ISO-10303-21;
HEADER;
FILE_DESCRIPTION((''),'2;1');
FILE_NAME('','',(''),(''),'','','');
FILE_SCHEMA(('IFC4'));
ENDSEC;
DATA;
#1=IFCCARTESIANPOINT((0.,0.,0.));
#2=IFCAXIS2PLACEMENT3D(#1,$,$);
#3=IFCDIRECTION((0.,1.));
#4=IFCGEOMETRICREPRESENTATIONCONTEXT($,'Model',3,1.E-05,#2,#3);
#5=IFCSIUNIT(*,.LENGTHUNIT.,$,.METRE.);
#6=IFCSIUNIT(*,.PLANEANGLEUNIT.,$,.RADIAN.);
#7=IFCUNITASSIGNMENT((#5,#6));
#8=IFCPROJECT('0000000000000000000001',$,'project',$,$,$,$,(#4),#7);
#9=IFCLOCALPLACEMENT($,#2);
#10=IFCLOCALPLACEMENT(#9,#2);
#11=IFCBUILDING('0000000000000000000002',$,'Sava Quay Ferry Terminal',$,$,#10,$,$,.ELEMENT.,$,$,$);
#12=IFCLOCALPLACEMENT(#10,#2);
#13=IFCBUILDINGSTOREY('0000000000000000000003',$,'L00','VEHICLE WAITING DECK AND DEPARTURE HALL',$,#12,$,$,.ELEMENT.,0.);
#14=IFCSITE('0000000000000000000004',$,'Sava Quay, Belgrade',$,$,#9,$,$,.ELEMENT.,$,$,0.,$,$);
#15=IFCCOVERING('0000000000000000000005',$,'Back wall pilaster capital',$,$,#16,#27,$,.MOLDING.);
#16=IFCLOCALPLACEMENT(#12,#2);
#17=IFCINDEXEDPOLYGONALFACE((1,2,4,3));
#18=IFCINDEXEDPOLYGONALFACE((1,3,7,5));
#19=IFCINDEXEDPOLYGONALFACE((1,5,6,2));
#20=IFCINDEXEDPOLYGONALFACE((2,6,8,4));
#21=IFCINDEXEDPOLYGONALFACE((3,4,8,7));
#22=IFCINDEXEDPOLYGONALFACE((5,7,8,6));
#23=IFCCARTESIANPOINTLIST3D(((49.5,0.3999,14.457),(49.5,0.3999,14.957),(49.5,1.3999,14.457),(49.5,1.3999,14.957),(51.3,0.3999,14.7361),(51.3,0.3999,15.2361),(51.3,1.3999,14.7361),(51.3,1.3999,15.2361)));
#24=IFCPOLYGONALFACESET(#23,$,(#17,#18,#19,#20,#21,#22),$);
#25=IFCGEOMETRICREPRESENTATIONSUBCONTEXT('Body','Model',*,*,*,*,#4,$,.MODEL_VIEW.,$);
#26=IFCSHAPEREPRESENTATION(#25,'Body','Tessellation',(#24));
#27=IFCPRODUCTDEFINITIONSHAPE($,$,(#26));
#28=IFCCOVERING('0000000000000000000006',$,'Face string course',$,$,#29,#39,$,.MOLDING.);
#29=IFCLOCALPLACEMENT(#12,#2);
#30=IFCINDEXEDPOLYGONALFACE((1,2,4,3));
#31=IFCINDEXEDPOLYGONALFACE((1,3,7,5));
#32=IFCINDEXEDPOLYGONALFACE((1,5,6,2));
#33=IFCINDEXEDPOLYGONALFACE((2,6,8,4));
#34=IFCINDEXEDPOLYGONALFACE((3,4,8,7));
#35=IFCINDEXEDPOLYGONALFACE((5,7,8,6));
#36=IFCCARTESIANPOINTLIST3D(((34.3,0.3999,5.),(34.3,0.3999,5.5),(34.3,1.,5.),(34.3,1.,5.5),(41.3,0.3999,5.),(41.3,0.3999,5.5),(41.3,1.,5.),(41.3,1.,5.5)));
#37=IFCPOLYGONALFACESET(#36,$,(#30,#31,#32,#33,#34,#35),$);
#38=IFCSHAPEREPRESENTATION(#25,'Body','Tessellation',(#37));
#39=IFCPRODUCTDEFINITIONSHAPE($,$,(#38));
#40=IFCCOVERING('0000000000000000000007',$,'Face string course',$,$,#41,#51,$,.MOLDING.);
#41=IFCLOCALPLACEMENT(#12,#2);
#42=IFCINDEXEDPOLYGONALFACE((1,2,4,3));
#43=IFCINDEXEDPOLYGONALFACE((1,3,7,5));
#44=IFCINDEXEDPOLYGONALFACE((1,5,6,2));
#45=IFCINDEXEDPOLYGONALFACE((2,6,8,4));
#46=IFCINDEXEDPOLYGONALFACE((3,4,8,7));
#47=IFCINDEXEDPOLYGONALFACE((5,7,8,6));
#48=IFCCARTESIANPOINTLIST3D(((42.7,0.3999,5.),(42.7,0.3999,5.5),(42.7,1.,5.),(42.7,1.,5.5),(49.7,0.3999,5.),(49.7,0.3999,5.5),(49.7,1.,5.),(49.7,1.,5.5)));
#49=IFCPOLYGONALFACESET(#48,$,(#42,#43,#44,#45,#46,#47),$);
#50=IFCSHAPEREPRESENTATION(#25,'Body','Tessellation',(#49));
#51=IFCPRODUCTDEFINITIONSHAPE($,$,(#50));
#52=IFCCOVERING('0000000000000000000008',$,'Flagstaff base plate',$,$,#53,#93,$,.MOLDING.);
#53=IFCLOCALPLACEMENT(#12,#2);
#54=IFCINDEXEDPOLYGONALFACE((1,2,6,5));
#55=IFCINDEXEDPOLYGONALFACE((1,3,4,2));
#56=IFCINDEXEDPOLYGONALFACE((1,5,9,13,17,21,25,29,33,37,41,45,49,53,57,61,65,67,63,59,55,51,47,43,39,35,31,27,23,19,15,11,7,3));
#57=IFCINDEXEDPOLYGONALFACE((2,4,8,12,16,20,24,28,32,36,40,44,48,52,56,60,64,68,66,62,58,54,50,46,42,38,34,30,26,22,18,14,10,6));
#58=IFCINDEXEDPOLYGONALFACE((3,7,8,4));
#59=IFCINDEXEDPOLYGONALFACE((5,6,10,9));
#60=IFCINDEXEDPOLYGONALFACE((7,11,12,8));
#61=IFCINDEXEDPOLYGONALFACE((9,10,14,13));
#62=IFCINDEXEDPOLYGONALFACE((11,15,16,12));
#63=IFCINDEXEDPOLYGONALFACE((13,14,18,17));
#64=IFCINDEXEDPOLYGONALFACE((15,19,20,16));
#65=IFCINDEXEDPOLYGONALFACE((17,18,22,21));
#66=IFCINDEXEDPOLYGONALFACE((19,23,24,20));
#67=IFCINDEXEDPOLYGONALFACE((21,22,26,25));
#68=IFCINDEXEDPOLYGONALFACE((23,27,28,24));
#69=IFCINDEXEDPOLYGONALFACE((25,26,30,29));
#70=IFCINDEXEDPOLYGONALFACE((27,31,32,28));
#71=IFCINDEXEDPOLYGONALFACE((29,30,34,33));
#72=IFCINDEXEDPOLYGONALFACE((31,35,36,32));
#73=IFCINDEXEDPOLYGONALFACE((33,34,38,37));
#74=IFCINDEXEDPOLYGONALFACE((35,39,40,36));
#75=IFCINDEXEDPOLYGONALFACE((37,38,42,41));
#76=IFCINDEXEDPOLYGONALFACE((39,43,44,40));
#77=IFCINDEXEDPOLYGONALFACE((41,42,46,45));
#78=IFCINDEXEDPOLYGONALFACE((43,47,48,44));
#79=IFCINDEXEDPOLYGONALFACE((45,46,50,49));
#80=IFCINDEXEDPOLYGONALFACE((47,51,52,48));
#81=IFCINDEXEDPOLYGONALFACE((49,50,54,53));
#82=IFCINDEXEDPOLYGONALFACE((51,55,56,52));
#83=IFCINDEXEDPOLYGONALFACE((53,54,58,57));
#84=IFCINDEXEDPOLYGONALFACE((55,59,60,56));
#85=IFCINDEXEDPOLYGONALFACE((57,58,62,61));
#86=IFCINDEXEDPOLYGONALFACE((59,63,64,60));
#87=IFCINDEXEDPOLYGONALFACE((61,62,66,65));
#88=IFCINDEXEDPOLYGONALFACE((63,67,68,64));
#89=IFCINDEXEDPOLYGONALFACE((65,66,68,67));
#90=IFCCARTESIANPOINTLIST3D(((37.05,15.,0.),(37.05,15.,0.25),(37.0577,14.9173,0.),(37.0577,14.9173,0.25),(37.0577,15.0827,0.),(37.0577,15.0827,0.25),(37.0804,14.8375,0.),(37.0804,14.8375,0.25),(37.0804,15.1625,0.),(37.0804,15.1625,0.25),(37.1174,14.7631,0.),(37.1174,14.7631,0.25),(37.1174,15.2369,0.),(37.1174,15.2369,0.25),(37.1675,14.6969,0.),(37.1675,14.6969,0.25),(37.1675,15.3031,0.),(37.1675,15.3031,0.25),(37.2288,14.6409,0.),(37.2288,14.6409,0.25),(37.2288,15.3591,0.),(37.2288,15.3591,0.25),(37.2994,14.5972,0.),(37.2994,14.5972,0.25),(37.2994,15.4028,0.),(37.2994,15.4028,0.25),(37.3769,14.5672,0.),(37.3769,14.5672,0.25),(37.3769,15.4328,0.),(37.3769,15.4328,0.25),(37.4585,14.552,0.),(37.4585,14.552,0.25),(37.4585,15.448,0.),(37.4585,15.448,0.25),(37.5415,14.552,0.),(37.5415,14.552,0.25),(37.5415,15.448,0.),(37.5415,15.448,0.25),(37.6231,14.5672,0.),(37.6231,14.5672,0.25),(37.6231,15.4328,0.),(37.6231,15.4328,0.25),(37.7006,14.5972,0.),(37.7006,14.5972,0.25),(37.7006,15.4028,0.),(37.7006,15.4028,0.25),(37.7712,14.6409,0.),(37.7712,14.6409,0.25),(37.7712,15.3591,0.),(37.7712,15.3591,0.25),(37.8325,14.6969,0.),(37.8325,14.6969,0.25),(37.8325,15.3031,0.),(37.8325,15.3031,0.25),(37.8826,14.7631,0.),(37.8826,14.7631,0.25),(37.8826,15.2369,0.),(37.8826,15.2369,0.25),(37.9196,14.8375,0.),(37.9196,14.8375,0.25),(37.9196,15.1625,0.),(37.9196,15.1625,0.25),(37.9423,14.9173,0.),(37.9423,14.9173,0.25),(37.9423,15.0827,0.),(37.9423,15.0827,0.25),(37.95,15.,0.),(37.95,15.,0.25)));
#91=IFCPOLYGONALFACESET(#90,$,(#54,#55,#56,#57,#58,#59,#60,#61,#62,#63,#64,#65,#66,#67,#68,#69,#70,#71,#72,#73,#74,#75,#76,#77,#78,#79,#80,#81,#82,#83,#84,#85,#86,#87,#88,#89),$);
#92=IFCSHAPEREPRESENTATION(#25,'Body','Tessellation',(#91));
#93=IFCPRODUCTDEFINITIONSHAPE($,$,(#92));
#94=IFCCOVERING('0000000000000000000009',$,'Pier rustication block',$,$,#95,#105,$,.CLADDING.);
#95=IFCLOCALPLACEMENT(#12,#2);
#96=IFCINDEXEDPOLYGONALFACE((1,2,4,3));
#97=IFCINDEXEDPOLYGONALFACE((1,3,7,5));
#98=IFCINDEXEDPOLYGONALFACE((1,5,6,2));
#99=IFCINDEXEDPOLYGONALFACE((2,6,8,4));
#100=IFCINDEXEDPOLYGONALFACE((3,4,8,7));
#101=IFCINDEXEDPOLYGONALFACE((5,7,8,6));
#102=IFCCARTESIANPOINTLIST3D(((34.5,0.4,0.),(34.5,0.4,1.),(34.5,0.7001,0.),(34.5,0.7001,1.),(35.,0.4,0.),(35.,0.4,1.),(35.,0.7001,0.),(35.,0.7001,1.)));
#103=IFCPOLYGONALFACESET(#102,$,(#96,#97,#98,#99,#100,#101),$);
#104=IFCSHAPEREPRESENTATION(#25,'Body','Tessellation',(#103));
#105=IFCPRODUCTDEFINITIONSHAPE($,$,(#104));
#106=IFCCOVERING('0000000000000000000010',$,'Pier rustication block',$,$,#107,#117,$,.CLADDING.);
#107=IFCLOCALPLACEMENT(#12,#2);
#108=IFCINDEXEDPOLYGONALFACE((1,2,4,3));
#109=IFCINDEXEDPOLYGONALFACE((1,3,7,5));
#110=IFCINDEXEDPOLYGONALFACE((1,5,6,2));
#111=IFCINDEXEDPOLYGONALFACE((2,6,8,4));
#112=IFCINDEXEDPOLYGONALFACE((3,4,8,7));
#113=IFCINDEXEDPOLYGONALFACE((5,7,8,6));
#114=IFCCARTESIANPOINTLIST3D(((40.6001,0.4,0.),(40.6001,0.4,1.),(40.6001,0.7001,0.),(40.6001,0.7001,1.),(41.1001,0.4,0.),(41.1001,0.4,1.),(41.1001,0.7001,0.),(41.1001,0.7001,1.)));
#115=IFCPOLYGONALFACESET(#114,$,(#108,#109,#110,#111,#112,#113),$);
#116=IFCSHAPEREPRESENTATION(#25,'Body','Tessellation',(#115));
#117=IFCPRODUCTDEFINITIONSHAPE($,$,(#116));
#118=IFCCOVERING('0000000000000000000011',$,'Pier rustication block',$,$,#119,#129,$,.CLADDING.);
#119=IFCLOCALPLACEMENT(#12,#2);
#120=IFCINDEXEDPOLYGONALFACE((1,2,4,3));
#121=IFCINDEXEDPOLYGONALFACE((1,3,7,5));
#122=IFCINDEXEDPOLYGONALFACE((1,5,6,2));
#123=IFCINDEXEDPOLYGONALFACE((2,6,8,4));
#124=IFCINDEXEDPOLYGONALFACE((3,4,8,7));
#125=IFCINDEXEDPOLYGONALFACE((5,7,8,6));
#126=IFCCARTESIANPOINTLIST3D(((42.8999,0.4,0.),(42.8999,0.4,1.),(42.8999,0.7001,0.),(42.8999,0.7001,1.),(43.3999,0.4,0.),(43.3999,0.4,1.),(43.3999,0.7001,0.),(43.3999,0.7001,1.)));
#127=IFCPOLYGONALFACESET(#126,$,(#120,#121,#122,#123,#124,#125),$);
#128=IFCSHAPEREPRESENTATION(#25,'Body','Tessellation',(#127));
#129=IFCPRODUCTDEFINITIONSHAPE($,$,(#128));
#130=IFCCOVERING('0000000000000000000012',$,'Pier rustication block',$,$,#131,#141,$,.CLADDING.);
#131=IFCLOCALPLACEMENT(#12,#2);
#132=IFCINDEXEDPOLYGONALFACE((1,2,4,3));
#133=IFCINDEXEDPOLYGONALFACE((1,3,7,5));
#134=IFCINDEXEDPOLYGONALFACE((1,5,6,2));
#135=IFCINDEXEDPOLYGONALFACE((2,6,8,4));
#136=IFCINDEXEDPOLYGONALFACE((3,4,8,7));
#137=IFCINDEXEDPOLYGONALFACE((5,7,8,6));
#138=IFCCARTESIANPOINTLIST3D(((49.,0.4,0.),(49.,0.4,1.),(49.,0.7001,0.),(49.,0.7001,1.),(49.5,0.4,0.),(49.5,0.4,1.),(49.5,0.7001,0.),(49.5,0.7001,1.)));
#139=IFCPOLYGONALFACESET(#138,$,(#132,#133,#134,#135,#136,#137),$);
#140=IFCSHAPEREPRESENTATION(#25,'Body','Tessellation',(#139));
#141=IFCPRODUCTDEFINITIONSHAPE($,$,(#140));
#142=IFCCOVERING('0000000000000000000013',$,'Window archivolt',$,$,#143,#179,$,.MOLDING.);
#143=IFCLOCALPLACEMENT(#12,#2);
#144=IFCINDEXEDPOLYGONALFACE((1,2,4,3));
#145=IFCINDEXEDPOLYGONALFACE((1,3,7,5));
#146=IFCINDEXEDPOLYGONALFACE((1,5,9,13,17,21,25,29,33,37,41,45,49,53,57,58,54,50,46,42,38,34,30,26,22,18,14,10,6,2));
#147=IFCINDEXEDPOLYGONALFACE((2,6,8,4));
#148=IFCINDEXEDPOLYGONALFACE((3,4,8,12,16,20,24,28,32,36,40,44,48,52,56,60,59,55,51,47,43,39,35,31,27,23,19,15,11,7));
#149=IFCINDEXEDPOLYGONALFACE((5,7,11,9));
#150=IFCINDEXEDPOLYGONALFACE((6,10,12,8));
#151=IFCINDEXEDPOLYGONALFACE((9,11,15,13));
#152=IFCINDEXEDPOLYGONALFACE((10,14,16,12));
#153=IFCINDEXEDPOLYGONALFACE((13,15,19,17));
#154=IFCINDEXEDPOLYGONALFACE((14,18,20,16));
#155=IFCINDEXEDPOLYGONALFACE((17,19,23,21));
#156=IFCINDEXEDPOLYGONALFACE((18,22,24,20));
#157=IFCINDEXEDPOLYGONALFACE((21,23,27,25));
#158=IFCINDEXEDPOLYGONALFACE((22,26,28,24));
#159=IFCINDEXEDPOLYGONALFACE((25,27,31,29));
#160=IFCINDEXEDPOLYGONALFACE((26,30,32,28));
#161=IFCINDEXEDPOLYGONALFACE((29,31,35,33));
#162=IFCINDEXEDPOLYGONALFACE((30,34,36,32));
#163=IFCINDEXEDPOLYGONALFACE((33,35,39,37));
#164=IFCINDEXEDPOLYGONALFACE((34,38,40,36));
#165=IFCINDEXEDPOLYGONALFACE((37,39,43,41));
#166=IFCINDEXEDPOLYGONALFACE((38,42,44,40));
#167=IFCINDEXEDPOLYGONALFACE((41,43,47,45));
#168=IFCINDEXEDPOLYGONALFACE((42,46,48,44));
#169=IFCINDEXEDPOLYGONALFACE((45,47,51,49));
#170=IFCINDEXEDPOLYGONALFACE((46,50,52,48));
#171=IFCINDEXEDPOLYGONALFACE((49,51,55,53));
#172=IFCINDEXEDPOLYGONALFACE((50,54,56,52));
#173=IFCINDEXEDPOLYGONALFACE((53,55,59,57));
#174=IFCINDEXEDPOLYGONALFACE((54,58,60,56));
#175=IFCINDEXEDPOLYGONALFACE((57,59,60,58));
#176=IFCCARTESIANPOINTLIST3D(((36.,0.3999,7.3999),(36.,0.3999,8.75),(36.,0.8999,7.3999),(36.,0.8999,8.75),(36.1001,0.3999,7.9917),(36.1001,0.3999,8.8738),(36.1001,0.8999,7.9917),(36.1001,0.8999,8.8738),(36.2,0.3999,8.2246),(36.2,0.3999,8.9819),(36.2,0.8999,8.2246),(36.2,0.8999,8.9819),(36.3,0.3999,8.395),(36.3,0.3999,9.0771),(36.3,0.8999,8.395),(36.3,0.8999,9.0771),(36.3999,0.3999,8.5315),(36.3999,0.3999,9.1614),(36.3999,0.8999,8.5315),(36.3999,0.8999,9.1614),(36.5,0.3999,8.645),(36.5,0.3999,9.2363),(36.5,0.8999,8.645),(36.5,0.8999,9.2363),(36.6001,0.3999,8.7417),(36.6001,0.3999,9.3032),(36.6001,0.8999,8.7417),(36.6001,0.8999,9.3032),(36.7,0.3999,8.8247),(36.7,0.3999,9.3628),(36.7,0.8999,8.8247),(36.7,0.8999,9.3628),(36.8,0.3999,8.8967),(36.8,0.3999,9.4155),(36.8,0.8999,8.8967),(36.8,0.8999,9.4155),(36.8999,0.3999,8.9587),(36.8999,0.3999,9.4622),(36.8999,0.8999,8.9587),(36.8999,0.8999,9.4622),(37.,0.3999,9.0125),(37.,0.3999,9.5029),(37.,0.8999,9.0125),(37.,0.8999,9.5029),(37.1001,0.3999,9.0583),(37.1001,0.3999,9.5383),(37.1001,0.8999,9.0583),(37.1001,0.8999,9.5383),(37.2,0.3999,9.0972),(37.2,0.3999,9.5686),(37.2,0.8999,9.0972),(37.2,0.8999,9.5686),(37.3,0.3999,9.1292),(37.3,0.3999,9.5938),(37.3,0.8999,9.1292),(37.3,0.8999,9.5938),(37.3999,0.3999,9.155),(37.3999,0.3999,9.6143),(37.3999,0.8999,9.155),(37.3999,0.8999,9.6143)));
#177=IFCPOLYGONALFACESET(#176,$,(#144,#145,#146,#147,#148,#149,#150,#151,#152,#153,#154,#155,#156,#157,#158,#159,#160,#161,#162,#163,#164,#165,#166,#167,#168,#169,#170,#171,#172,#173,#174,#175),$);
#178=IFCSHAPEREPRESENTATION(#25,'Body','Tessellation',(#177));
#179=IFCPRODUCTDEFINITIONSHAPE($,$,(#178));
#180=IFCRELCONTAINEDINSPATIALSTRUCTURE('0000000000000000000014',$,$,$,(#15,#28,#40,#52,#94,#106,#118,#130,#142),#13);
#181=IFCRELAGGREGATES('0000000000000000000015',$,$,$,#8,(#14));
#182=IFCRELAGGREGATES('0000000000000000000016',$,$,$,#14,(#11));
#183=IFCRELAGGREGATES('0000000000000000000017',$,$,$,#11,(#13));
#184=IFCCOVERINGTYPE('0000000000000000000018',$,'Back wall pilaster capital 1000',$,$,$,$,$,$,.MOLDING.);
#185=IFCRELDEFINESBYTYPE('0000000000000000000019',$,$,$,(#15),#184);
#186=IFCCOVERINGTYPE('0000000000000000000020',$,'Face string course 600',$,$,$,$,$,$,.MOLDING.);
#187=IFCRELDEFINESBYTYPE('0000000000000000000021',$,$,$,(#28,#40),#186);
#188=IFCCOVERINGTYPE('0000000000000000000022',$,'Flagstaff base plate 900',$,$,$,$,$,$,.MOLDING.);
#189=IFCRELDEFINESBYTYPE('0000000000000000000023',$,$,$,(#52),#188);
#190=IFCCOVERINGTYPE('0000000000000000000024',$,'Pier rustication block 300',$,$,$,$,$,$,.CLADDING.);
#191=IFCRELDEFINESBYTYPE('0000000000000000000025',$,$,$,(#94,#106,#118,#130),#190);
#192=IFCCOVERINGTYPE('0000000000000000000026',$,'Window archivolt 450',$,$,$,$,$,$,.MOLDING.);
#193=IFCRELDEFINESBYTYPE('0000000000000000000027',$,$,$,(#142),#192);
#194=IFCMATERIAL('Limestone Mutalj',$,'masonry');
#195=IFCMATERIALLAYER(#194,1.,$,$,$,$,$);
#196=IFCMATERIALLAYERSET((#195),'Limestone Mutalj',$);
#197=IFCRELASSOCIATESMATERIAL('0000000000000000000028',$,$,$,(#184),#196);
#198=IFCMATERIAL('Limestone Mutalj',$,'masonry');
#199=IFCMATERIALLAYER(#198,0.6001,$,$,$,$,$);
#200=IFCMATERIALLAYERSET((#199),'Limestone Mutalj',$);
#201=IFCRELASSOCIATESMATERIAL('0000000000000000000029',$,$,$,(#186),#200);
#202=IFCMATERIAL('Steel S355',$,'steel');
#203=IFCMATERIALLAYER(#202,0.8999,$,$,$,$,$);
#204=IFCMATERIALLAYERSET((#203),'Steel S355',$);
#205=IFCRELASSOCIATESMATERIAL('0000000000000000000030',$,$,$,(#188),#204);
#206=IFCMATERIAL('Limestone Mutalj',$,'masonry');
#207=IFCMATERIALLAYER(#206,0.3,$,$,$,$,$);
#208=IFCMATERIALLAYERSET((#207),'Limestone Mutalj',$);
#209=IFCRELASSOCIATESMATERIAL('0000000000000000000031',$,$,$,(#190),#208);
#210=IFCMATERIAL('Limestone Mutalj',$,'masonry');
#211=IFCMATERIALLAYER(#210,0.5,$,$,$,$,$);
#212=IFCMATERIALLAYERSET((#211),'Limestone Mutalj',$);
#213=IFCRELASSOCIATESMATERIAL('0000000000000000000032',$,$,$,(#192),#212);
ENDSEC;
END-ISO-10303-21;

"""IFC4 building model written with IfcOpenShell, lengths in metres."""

from ifc_helpers import new_model, si_unit, direction, frame, origin, origin_2d, place, context, subcontext, project, spatial, polyline, rectangle, circle, outline, extrude, material, layer, layer_set, type_object, element, save


model = new_model("IFC4")

# Units and contexts
model_context = context("Model", 3, precision=1e-05, world=origin(), true_north=direction((0.0, 1.0)))
body_context = subcontext(model_context, "Body", "Model", "MODEL_VIEW")
ifc_project = project(units=[si_unit("LENGTHUNIT", "METRE"), si_unit("PLANEANGLEUNIT", "RADIAN")], contexts=[model_context])

# Site, building, storey
site_placement = place(None, origin())
site = spatial("IfcSite", under=ifc_project, at=site_placement, Name="Sava Quay, Belgrade", CompositionType="ELEMENT", RefElevation=0.0)
building_placement = place(site_placement, origin())
building = spatial("IfcBuilding", under=site, at=building_placement, Name="Sava Quay Ferry Terminal", CompositionType="ELEMENT")
storey_placement = place(building_placement, origin())
storey = spatial("IfcBuildingStorey", under=building, at=storey_placement, Name="L00", Description="VEHICLE WAITING DECK AND DEPARTURE HALL", CompositionType="ELEMENT", Elevation=0.0)

# Coverings
ifc_material_1 = material(Name="Limestone Mutalj", Category="masonry")
ifc_layer_1 = layer(ifc_material_1, 1.0)
ifc_layer_set_1 = layer_set([ifc_layer_1], Name="Limestone Mutalj")
covering_type_1 = type_object("IfcCoveringType", Name="Back wall pilaster capital 1000", PredefinedType="MOLDING", material=ifc_layer_set_1)
covering_1_placement = place(storey_placement, frame((49.5, 0.3999, 14.457), z_axis=(0.0, -1.0, 0.0), x_axis=(0.988196, 0.0, 0.153195)))
element("IfcCovering", 1, at=covering_1_placement, inside=storey, type_object=covering_type_1, Name="Back wall pilaster capital", PredefinedType="MOLDING", context=body_context, shape_type="SweptSolid", body=[
    extrude(outline(polyline([(0.0, 0.0), (1.8216, 0.0), (1.8981, 0.4941), (0.0766, 0.4941), (0.0, 0.0)])), origin(), (0.0, 0.0, -1.0), 1.0),
])
ifc_material_2 = material(Name="Limestone Mutalj", Category="masonry")
ifc_layer_2 = layer(ifc_material_2, 0.6001)
ifc_layer_set_2 = layer_set([ifc_layer_2], Name="Limestone Mutalj")
covering_type_2 = type_object("IfcCoveringType", Name="Face string course 600", PredefinedType="MOLDING", material=ifc_layer_set_2)
for number, where, z_axis, x_axis, name in (
    (2, (37.8, 0.7, 5.0), (0.0, 0.0, 1.0), (1.0, 0.0, 0.0), "Face string course"),
    (3, (46.2, 0.7, 5.0), (0.0, 0.0, 1.0), (1.0, 0.0, 0.0), "Face string course"),
):
    element("IfcCovering", number, at=place(storey_placement, frame(where, z_axis=z_axis, x_axis=x_axis)), inside=storey, type_object=covering_type_2, Name=name, PredefinedType="MOLDING", context=body_context, shape_type="SweptSolid", body=[
        extrude(rectangle(XDim=7.0, YDim=0.6001, at=origin_2d()), origin(), (0.0, 0.0, 1.0), 0.5),
    ])
ifc_material_3 = material(Name="Steel S355", Category="steel")
ifc_layer_3 = layer(ifc_material_3, 0.8999)
ifc_layer_set_3 = layer_set([ifc_layer_3], Name="Steel S355")
covering_type_3 = type_object("IfcCoveringType", Name="Flagstaff base plate 900", PredefinedType="MOLDING", material=ifc_layer_set_3)
covering_2_placement = place(storey_placement, frame((37.5, 15.0, 0.25), z_axis=(0.0, 0.0, -1.0), x_axis=(1.0, 0.0, 0.0)))
element("IfcCovering", 4, at=covering_2_placement, inside=storey, type_object=covering_type_3, Name="Flagstaff base plate", PredefinedType="MOLDING", context=body_context, shape_type="SweptSolid", body=[
    extrude(circle(Radius=0.45, at=origin_2d()), origin(), (0.0, 0.0, 1.0), 0.25),
])
ifc_material_4 = material(Name="Limestone Mutalj", Category="masonry")
ifc_layer_4 = layer(ifc_material_4, 0.3)
ifc_layer_set_4 = layer_set([ifc_layer_4], Name="Limestone Mutalj")
covering_type_4 = type_object("IfcCoveringType", Name="Pier rustication block 300", PredefinedType="CLADDING", material=ifc_layer_set_4)
for number, where, z_axis, x_axis, name in (
    (5, (34.75, 0.55, 0.0), (0.0, 0.0, 1.0), (1.0, 0.0, 0.0), "Pier rustication block"),
    (6, (40.8501, 0.55, 0.0), (0.0, 0.0, 1.0), (1.0, 0.0, 0.0), "Pier rustication block"),
    (7, (43.1499, 0.55, 0.0), (0.0, 0.0, 1.0), (1.0, 0.0, 0.0), "Pier rustication block"),
    (8, (49.25, 0.55, 0.0), (0.0, 0.0, 1.0), (1.0, 0.0, 0.0), "Pier rustication block"),
):
    element("IfcCovering", number, at=place(storey_placement, frame(where, z_axis=z_axis, x_axis=x_axis)), inside=storey, type_object=covering_type_4, Name=name, PredefinedType="CLADDING", context=body_context, shape_type="SweptSolid", body=[
        extrude(rectangle(XDim=0.5, YDim=0.3, at=origin_2d()), origin(), (0.0, 0.0, 1.0), 1.0),
    ])
ifc_material_5 = material(Name="Limestone Mutalj", Category="masonry")
ifc_layer_5 = layer(ifc_material_5, 0.5)
ifc_layer_set_5 = layer_set([ifc_layer_5], Name="Limestone Mutalj")
covering_type_5 = type_object("IfcCoveringType", Name="Window archivolt 450", PredefinedType="MOLDING", material=ifc_layer_set_5)
covering_3_placement = place(storey_placement, frame((36.0, 0.3999, 7.3999), z_axis=(0.0, -1.0, 0.0), x_axis=(0.166773, 0.0, 0.985995)))
element("IfcCovering", 9, at=covering_3_placement, inside=storey, type_object=covering_type_5, Name="Window archivolt", PredefinedType="MOLDING", context=body_context, shape_type="SweptSolid", body=[
    extrude(outline(polyline([(0.0, 0.0), (0.6002, 0.0), (0.8465, -0.0596), (1.0312, -0.1299), (1.1824, -0.2056), (1.3111, -0.2853), (1.4231, -0.3679), (1.5216, -0.4525), (1.6093, -0.5392), (1.6871, -0.6273), (1.7567, -0.7171), (1.8187, -0.8081), (1.8736, -0.9001), (1.9218, -0.9934), (1.964, -1.0876), (2.4168, -1.011), (2.3799, -0.916), (2.3384, -0.8215), (2.2919, -0.7281), (2.2403, -0.6353), (2.1835, -0.5434), (2.1208, -0.4527), (2.0521, -0.3628), (1.9767, -0.2743), (1.8941, -0.1867), (1.8035, -0.1005), (1.7038, -0.0161), (1.5932, 0.0667), (1.4699, 0.1471), (1.3312, 0.2252), (0.0, 0.0)])), origin(), (0.0, 0.0, -1.0), 0.5),
])

save(model, "model.ifc")
